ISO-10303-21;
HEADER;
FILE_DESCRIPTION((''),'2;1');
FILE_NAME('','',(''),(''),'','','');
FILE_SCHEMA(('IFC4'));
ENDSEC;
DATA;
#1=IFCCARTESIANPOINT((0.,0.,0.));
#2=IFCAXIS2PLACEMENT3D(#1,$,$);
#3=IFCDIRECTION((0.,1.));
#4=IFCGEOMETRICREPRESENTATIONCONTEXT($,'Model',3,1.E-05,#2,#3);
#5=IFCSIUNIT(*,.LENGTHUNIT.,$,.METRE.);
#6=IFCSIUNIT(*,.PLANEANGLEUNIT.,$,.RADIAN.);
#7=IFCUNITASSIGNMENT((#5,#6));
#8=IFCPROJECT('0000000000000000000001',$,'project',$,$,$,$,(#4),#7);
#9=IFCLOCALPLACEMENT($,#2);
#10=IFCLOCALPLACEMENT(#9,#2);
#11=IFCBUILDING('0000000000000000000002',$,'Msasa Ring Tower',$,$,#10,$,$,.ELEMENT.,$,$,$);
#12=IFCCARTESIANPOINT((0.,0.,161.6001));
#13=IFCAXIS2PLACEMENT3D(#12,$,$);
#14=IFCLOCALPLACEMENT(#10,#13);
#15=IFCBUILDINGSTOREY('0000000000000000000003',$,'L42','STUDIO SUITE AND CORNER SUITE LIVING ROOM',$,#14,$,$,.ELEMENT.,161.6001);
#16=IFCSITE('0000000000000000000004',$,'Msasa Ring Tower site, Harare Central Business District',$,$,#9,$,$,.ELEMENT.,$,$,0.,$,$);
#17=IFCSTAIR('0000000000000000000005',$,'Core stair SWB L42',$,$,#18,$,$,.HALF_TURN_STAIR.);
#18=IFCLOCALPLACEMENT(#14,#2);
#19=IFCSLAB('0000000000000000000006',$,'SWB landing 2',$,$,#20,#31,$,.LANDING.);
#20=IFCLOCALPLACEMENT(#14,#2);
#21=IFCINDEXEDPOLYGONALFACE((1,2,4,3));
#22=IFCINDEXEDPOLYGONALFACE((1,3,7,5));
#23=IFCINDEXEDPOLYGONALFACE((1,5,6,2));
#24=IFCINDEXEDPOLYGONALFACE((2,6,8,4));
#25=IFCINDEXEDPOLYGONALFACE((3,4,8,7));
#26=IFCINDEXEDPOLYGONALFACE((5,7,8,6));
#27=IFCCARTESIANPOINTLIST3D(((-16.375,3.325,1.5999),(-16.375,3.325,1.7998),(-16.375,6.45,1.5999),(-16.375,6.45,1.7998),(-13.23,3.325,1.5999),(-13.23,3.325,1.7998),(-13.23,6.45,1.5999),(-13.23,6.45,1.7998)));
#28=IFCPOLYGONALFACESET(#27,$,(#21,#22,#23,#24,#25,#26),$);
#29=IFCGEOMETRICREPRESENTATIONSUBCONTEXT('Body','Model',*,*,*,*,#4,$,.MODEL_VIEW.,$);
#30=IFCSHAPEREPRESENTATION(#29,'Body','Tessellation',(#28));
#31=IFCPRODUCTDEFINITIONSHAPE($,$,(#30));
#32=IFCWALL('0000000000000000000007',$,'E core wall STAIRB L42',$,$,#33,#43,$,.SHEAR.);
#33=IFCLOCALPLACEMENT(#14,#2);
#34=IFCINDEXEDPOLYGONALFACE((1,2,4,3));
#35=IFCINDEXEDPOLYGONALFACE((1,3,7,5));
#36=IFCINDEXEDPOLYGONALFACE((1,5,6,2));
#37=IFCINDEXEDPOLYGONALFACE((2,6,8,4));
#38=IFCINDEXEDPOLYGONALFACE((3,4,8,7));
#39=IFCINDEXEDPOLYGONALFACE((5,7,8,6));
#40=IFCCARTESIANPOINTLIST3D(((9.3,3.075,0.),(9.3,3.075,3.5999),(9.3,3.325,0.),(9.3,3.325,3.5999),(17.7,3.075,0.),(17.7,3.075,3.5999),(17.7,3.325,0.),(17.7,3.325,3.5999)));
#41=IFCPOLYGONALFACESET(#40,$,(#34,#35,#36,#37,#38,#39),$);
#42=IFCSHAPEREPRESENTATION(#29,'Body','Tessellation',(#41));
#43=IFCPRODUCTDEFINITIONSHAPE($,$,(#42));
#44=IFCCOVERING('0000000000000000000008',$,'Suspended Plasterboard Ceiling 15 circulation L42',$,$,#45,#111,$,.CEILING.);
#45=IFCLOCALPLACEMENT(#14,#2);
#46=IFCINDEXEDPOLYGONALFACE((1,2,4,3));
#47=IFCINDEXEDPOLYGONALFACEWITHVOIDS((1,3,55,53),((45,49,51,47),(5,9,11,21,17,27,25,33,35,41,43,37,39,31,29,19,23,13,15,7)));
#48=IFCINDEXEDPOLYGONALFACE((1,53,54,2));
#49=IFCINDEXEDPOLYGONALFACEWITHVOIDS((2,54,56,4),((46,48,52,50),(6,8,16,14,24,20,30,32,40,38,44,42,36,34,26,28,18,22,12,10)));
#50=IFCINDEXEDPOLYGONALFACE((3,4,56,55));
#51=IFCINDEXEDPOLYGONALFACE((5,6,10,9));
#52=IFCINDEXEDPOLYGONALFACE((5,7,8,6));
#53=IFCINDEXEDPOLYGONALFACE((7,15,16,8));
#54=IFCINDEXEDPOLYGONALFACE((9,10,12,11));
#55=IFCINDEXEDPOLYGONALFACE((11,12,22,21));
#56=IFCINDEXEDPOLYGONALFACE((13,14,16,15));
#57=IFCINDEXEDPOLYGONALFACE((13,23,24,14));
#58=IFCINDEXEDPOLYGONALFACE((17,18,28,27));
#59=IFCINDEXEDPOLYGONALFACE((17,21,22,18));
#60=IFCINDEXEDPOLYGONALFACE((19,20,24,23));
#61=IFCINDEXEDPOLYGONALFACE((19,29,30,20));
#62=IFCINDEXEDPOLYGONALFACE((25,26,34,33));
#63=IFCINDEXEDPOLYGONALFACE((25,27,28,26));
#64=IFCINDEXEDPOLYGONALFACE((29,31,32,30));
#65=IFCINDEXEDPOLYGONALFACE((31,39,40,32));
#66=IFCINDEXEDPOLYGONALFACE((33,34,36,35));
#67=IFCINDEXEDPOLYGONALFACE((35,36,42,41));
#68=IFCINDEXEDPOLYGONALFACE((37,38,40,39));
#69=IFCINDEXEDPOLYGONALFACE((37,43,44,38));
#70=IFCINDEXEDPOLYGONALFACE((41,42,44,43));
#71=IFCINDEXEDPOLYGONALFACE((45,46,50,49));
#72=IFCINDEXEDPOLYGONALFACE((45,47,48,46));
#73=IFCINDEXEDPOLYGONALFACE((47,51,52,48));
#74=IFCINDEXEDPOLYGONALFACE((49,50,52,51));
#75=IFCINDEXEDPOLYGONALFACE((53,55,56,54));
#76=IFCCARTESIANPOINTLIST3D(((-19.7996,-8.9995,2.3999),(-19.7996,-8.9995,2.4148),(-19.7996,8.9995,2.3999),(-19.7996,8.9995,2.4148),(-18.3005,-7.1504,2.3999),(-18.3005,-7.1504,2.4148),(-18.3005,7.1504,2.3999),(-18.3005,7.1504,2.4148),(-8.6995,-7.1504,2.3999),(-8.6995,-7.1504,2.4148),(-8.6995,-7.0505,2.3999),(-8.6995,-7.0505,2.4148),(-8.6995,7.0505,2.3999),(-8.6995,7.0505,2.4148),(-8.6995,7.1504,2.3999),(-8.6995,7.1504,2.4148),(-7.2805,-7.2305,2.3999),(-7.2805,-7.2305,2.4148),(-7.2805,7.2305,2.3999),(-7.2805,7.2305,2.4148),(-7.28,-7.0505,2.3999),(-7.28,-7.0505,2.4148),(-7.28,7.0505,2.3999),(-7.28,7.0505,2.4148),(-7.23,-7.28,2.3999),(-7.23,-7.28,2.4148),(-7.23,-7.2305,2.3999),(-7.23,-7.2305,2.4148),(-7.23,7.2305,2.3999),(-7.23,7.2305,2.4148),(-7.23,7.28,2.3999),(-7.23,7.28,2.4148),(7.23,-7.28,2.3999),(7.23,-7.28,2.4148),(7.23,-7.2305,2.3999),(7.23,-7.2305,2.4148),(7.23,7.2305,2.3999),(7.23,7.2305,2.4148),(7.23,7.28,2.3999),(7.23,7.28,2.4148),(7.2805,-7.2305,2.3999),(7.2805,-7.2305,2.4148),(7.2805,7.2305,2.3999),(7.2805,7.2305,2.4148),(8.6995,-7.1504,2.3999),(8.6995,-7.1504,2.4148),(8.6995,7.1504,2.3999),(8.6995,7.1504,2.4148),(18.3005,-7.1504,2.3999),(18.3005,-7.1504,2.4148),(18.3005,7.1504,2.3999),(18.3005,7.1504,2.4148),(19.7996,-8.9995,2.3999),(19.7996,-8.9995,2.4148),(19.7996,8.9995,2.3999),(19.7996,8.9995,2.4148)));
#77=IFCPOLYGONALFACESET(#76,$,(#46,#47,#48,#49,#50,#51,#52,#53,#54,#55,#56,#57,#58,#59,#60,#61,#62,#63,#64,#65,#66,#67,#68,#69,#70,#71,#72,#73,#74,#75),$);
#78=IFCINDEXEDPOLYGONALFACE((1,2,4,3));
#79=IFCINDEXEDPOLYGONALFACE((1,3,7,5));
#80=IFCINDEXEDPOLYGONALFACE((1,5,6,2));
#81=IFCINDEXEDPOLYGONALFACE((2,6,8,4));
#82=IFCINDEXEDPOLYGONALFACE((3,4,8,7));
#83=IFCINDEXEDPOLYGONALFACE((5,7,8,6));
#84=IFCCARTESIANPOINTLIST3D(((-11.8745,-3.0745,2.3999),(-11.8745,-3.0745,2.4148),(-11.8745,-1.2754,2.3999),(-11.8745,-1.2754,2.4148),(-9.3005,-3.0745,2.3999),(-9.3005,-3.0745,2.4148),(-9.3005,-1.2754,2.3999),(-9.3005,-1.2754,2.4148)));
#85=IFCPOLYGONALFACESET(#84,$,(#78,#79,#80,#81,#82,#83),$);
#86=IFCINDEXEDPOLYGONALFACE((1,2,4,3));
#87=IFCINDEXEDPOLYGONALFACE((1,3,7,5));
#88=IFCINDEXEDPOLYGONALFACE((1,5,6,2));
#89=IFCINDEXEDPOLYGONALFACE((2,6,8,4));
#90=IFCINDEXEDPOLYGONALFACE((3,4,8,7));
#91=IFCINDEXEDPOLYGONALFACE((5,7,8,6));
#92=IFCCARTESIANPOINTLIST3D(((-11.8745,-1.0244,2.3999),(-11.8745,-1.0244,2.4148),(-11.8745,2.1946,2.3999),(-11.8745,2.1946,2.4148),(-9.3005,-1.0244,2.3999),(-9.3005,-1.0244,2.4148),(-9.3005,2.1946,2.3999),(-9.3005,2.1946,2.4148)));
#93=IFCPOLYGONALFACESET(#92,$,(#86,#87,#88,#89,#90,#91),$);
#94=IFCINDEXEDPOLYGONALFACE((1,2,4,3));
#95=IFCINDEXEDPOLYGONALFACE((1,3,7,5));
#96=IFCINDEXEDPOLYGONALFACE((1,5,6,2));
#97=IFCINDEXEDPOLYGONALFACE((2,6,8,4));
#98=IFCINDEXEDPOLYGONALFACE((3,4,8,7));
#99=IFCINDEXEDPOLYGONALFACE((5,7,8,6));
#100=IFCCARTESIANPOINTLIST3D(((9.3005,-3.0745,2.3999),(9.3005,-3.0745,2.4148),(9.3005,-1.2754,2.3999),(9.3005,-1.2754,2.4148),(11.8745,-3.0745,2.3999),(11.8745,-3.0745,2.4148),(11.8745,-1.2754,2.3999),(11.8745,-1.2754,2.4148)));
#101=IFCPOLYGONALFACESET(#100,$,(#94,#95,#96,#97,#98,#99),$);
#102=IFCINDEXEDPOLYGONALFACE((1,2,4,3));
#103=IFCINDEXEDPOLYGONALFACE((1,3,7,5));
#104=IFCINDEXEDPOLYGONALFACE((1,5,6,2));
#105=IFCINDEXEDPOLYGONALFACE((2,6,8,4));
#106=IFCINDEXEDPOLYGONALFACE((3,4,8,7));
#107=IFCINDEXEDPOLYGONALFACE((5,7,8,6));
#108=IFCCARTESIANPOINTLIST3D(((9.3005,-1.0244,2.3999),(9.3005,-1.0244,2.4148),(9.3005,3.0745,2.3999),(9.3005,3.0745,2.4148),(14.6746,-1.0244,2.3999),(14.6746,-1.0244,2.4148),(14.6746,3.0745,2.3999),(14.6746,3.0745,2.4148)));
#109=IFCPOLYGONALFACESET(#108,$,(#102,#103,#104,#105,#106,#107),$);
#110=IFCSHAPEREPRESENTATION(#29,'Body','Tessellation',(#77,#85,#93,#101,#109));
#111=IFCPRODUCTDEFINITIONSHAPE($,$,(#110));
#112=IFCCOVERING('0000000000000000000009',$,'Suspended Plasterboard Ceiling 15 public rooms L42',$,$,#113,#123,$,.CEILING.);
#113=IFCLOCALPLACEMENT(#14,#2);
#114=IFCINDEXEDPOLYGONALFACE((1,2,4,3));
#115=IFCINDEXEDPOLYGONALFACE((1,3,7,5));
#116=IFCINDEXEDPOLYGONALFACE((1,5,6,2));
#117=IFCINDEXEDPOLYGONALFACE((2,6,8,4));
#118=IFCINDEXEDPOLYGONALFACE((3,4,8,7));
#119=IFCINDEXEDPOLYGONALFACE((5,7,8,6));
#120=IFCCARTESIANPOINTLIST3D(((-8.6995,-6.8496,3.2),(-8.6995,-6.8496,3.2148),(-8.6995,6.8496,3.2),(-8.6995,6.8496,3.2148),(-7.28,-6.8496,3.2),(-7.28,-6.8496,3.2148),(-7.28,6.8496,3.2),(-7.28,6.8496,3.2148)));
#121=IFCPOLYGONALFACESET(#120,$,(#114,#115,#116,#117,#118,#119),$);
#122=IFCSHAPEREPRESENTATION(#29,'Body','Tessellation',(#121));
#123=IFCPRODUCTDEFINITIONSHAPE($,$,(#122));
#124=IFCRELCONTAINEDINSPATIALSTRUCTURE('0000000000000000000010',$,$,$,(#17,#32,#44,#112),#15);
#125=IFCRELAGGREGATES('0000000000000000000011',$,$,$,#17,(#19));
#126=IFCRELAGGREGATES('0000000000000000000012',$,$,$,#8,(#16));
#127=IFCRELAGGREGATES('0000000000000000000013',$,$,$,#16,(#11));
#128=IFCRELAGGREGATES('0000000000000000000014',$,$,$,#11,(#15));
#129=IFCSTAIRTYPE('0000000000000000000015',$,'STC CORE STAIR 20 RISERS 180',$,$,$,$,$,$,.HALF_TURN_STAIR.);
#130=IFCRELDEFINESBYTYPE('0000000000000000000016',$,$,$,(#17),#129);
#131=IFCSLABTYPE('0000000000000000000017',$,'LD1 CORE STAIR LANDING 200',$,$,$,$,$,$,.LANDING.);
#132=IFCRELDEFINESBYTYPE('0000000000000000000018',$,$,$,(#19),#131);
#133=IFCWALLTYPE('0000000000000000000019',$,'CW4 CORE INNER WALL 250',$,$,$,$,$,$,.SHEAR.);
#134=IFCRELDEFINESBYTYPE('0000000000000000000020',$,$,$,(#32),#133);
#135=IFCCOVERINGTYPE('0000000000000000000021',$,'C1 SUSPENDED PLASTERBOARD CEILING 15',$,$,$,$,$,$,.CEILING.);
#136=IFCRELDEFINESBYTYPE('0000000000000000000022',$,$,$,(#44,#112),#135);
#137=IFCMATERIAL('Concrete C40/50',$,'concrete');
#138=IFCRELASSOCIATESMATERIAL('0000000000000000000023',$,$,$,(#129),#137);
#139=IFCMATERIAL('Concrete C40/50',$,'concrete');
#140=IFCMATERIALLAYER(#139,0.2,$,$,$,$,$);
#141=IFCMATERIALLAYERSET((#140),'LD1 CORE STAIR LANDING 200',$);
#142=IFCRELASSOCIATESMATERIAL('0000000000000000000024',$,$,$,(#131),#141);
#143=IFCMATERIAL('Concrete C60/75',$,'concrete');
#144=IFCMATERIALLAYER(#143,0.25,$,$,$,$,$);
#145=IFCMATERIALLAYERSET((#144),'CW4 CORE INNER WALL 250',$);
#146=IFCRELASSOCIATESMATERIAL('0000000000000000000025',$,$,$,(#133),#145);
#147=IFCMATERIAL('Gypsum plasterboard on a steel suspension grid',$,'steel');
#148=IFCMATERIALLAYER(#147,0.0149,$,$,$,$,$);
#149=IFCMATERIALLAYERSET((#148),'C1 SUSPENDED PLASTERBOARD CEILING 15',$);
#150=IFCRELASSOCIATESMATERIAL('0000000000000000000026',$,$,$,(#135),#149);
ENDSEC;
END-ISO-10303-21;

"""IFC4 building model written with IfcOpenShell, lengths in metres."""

from ifc_helpers import new_model, si_unit, direction, frame, frame_2d, origin, place, context, subcontext, project, spatial, polyline, line, indexed_curve, rectangle, outline, extrude, material, layer, layer_set, type_object, element, aggregate, save


model = new_model("IFC4")

# Units and contexts
model_context = context("Model", 3, precision=1e-05, world=origin(), true_north=direction((0.0, 1.0)))
body_context = subcontext(model_context, "Body", "Model", "MODEL_VIEW")
ifc_project = project(units=[si_unit("LENGTHUNIT", "METRE"), si_unit("PLANEANGLEUNIT", "RADIAN")], contexts=[model_context])

# Site, building, storey
site_placement = place(None, origin())
site = spatial("IfcSite", under=ifc_project, at=site_placement, Name="Msasa Ring Tower site, Harare Central Business District", CompositionType="ELEMENT", RefElevation=0.0)
building_placement = place(site_placement, origin())
building = spatial("IfcBuilding", under=site, at=building_placement, Name="Msasa Ring Tower", CompositionType="ELEMENT")
storey_placement = place(building_placement, frame((0.0, 0.0, 161.6001)))
storey = spatial("IfcBuildingStorey", under=building, at=storey_placement, Name="L42", Description="STUDIO SUITE AND CORNER SUITE LIVING ROOM", CompositionType="ELEMENT", Elevation=161.6001)

# Shared definitions
ifc_material_1 = material(Name="Concrete C40/50", Category="concrete")
stair_type = type_object("IfcStairType", Name="STC CORE STAIR 20 RISERS 180", PredefinedType="HALF_TURN_STAIR", material=ifc_material_1)
ifc_material_2 = material(Name="Concrete C40/50", Category="concrete")
ifc_layer_1 = layer(ifc_material_2, 0.2)
ifc_layer_set_1 = layer_set([ifc_layer_1], Name="LD1 CORE STAIR LANDING 200")
slab_type = type_object("IfcSlabType", Name="LD1 CORE STAIR LANDING 200", PredefinedType="LANDING", material=ifc_layer_set_1)

# Stair, slab
stair_1_placement = place(storey_placement, origin())
stair_1 = element("IfcStair", 1, at=stair_1_placement, inside=storey, type_object=stair_type, Name="Core stair SWB L42", PredefinedType="HALF_TURN_STAIR")
slab_1_placement = place(storey_placement, frame((0.0, 0.0, 1.5999)))
slab_1 = element("IfcSlab", 2, at=slab_1_placement, type_object=slab_type, Name="SWB landing 2", PredefinedType="LANDING", context=body_context, shape_type="SweptSolid", body=[
    extrude(outline(polyline([(-16.375, 3.325), (-13.23, 3.325), (-13.23, 6.45), (-16.375, 6.45), (-16.375, 3.325)])), origin(), (0.0, 0.0, 1.0), 0.2),
])
aggregate(stair_1, [slab_1])

# Wall
ifc_material_3 = material(Name="Concrete C60/75", Category="concrete")
ifc_layer_2 = layer(ifc_material_3, 0.25)
ifc_layer_set_2 = layer_set([ifc_layer_2], Name="CW4 CORE INNER WALL 250")
wall_type = type_object("IfcWallType", Name="CW4 CORE INNER WALL 250", PredefinedType="SHEAR", material=ifc_layer_set_2)
wall_placement = place(storey_placement, frame((9.3, 3.2, 0.0), z_axis=(0.0, 0.0, 1.0), x_axis=(1.0, 0.0, 0.0)))
element("IfcWall", 3, at=wall_placement, inside=storey, type_object=wall_type, Name="E core wall STAIRB L42", PredefinedType="SHEAR", context=body_context, shape_type="SweptSolid", body=[
    extrude(rectangle(XDim=8.3999, YDim=0.25, at=frame_2d((4.2, 0.0))), origin(), (0.0, 0.0, 1.0), 3.5999),
])

# Coverings
ifc_material_4 = material(Name="Gypsum plasterboard on a steel suspension grid", Category="steel")
ifc_layer_3 = layer(ifc_material_4, 0.0149)
ifc_layer_set_3 = layer_set([ifc_layer_3], Name="C1 SUSPENDED PLASTERBOARD CEILING 15")
covering_type_1 = type_object("IfcCoveringType", Name="C1 SUSPENDED PLASTERBOARD CEILING 15", PredefinedType="CEILING", material=ifc_layer_set_3)
covering_1_placement = place(storey_placement, frame((0.0, 0.0, 2.3999)))
element("IfcCovering", 4, at=covering_1_placement, inside=storey, type_object=covering_type_1, Name="Suspended Plasterboard Ceiling 15 circulation L42", PredefinedType="CEILING", context=body_context, shape_type="SweptSolid", body=[
    extrude(outline(indexed_curve([(-19.7996, -8.9995), (-19.7996, 8.9995), (19.7996, 8.9995), (19.7996, -8.9995)], segments=[line(1, 2, 3, 4, 1)], self_intersect=False), holes=[indexed_curve([(18.3005, -7.1504), (18.3005, 7.1504), (8.6995, 7.1504), (8.6995, -7.1504)], segments=[line(1, 2, 3, 4, 1)], self_intersect=False), indexed_curve([(-8.6995, 7.1504), (-18.3005, 7.1504), (-18.3005, -7.1504), (-8.6995, -7.1504), (-8.6995, -7.0505), (-7.28, -7.0505), (-7.2805, -7.2305), (-7.23, -7.2305), (-7.23, -7.28), (7.23, -7.28), (7.23, -7.2305), (7.2805, -7.2305), (7.2805, 7.2305), (7.23, 7.2305), (7.23, 7.28), (-7.23, 7.28), (-7.23, 7.2305), (-7.2805, 7.2305), (-7.28, 7.0505), (-8.6995, 7.0505)], segments=[line(1, 2, 3, 4, 5, 6, 7, 8, 9, 10, 11, 12, 13, 14, 15, 16, 17, 18, 19, 20, 1)], self_intersect=False)]), origin(), (0.0, 0.0, 1.0), 0.0149),
    extrude(outline(indexed_curve([(-9.3005, -3.0745), (-11.8745, -3.0745), (-11.8745, -1.2754), (-9.3005, -1.2754)], segments=[line(1, 2, 3, 4, 1)], self_intersect=False)), origin(), (0.0, 0.0, 1.0), 0.0149),
    extrude(outline(indexed_curve([(-11.8745, -1.0244), (-11.8745, 2.1946), (-9.3005, 2.1946), (-9.3005, -1.0244)], segments=[line(1, 2, 3, 4, 1)], self_intersect=False)), origin(), (0.0, 0.0, 1.0), 0.0149),
    extrude(outline(indexed_curve([(11.8745, -3.0745), (9.3005, -3.0745), (9.3005, -1.2754), (11.8745, -1.2754)], segments=[line(1, 2, 3, 4, 1)], self_intersect=False)), origin(), (0.0, 0.0, 1.0), 0.0149),
    extrude(outline(indexed_curve([(9.3005, -1.0244), (9.3005, 3.0745), (14.6746, 3.0745), (14.6746, -1.0244)], segments=[line(1, 2, 3, 4, 1)], self_intersect=False)), origin(), (0.0, 0.0, 1.0), 0.0149),
])
covering_2_placement = place(storey_placement, frame((0.0, 0.0, 3.2)))
element("IfcCovering", 5, at=covering_2_placement, inside=storey, type_object=covering_type_1, Name="Suspended Plasterboard Ceiling 15 public rooms L42", PredefinedType="CEILING", context=body_context, shape_type="SweptSolid", body=[
    extrude(outline(indexed_curve([(-8.6995, 6.8496), (-7.28, 6.8496), (-7.28, -6.8496), (-8.6995, -6.8496)], segments=[line(1, 2, 3, 4, 1)], self_intersect=False)), origin(), (0.0, 0.0, 1.0), 0.0149),
])

save(model, "model.ifc")
